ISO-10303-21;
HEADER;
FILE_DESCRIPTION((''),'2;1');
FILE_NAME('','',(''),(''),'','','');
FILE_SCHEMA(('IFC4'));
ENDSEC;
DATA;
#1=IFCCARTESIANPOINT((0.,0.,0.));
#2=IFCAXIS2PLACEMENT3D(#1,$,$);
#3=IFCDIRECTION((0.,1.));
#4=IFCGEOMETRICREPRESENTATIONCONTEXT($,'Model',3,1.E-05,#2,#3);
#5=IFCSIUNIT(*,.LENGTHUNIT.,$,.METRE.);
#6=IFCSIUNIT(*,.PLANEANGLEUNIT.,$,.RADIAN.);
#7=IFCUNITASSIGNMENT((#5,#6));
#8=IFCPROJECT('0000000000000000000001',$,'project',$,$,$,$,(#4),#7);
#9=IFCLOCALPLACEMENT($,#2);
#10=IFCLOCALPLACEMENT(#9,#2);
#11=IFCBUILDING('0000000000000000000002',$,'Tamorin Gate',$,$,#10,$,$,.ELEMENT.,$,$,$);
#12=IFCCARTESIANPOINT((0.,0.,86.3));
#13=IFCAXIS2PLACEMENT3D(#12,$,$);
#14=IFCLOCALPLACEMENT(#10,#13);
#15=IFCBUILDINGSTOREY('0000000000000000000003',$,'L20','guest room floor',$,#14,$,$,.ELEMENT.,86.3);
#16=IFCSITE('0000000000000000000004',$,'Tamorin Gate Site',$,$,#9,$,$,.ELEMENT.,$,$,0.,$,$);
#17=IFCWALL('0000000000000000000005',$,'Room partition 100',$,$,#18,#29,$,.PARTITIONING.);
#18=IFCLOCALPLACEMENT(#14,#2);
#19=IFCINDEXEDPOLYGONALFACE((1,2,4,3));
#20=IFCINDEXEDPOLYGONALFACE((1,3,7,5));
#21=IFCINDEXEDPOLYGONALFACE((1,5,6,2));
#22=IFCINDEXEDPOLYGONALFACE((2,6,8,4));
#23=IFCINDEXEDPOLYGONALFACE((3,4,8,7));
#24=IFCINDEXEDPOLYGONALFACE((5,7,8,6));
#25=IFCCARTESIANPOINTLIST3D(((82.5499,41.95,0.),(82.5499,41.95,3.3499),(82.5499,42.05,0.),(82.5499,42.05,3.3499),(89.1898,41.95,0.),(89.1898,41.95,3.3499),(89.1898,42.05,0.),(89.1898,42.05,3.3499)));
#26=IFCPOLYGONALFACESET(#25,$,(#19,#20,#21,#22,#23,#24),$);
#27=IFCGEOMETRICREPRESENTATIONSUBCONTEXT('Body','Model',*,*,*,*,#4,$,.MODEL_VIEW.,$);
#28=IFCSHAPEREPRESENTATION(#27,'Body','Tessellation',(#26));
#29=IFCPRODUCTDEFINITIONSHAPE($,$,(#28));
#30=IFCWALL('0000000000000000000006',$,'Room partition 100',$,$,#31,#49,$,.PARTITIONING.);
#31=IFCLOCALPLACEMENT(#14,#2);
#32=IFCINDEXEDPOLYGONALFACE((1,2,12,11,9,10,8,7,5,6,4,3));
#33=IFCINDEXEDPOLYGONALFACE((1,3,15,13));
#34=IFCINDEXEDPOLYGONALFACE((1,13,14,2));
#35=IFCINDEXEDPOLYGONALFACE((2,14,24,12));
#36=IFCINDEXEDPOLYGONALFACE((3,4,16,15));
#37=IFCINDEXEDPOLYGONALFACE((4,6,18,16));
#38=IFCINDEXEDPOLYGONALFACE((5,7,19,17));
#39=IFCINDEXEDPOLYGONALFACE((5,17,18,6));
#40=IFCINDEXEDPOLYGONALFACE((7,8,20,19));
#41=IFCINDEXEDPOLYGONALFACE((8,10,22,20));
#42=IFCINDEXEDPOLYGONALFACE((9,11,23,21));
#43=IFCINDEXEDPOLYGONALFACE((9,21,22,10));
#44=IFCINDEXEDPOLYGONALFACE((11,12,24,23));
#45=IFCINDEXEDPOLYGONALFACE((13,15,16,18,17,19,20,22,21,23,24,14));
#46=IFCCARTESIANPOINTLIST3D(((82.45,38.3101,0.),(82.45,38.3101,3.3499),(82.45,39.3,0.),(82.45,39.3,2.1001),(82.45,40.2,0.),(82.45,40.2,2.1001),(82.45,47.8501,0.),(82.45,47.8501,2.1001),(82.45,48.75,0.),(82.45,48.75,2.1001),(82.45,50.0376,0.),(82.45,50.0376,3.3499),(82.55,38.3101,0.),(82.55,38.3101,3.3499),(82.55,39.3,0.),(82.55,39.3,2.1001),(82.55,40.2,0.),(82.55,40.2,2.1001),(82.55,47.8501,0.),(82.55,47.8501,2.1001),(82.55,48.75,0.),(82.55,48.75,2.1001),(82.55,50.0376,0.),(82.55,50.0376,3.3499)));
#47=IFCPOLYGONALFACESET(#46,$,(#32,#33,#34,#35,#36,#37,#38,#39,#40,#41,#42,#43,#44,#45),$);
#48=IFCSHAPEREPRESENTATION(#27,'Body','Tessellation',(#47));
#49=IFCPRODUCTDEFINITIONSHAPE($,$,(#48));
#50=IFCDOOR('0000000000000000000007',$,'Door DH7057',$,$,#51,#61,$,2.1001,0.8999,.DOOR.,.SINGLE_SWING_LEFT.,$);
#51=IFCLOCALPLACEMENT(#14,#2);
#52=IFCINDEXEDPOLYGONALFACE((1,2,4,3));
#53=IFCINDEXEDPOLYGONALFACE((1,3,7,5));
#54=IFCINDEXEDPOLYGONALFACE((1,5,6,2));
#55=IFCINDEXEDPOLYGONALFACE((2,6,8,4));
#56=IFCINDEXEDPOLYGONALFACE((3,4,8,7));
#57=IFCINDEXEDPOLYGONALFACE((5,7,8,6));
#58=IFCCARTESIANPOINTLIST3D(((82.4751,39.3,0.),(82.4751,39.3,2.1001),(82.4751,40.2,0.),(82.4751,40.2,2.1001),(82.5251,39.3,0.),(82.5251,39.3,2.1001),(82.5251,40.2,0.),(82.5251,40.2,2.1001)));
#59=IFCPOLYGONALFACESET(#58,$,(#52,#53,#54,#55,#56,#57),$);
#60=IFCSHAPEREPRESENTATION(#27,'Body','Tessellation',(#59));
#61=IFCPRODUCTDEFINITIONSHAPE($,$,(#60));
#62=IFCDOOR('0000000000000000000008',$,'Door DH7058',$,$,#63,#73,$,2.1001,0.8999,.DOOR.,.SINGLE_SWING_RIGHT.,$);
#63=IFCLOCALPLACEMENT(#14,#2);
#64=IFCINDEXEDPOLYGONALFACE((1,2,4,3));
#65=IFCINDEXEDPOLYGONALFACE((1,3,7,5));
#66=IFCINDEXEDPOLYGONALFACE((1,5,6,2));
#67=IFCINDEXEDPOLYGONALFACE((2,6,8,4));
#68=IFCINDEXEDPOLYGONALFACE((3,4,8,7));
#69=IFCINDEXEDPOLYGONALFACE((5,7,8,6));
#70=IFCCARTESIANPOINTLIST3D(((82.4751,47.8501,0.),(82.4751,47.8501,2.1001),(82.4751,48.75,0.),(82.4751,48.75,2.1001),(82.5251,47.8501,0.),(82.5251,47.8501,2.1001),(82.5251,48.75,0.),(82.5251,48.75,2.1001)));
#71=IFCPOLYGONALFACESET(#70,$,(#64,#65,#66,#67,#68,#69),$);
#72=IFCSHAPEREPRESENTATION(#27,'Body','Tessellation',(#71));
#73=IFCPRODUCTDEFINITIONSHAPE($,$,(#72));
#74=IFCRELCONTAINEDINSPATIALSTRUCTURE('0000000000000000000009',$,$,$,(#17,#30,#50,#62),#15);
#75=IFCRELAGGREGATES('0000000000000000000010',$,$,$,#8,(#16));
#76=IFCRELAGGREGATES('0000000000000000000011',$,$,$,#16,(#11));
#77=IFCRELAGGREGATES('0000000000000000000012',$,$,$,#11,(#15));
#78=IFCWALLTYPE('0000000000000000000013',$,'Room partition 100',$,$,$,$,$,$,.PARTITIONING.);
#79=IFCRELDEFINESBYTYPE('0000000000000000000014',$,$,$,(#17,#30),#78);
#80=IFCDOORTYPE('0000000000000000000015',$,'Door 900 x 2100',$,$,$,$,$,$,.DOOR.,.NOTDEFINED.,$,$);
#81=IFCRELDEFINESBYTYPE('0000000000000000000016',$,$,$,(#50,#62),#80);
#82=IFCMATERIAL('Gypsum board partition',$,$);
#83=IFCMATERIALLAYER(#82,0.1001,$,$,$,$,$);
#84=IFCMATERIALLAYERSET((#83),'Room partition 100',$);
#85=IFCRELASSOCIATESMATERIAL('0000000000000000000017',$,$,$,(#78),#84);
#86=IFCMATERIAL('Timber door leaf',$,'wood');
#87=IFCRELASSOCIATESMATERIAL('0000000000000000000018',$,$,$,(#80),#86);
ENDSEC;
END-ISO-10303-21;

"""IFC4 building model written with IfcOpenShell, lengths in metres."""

from ifc_helpers import new_model, si_unit, direction, frame, frame_2d, origin, place, context, subcontext, project, spatial, rectangle, extrude, material, layer, layer_set, type_object, element, fill, save


model = new_model("IFC4")

# Units and contexts
model_context = context("Model", 3, precision=1e-05, world=origin(), true_north=direction((0.0, 1.0)))
body_context = subcontext(model_context, "Body", "Model", "MODEL_VIEW")
ifc_project = project(units=[si_unit("LENGTHUNIT", "METRE"), si_unit("PLANEANGLEUNIT", "RADIAN")], contexts=[model_context])

# Site, building, storey
site_placement = place(None, origin())
site = spatial("IfcSite", under=ifc_project, at=site_placement, Name="Tamorin Gate Site", CompositionType="ELEMENT", RefElevation=0.0)
building_placement = place(site_placement, origin())
building = spatial("IfcBuilding", under=site, at=building_placement, Name="Tamorin Gate", CompositionType="ELEMENT")
storey_placement = place(building_placement, frame((0.0, 0.0, 86.3)))
storey = spatial("IfcBuildingStorey", under=building, at=storey_placement, Name="L20", Description="guest room floor", CompositionType="ELEMENT", Elevation=86.3)

# Wall
ifc_material_1 = material(Name="Gypsum board partition")
ifc_layer_1 = layer(ifc_material_1, 0.1001)
ifc_layer_set_1 = layer_set([ifc_layer_1], Name="Room partition 100")
wall_type_1 = type_object("IfcWallType", Name="Room partition 100", PredefinedType="PARTITIONING", material=ifc_layer_set_1)
wall_1_placement = place(storey_placement, frame((82.55, 42.0, 0.0), z_axis=(0.0, 0.0, 1.0), x_axis=(1.0, 0.0, 0.0)))
element("IfcWall", 1, at=wall_1_placement, inside=storey, type_object=wall_type_1, Name="Room partition 100", PredefinedType="PARTITIONING", context=body_context, shape_type="SweptSolid", body=[
    extrude(rectangle(XDim=6.6399, YDim=0.1001, at=frame_2d((3.3198, 0.0))), origin(), (0.0, 0.0, 1.0), 3.3499),
])

# Wall, openings, doors
wall_2_placement = place(storey_placement, frame((82.5, 38.3101, 0.0), z_axis=(0.0, 0.0, 1.0), x_axis=(0.0, 1.0, 0.0)))
wall_2 = element("IfcWall", 2, at=wall_2_placement, inside=storey, type_object=wall_type_1, Name="Room partition 100", PredefinedType="PARTITIONING", context=body_context, shape_type="SweptSolid", body=[
    extrude(rectangle(XDim=11.7275, YDim=0.1001, at=frame_2d((5.8638, 0.0))), origin(), (0.0, 0.0, 1.0), 3.3499),
])
opening_1_placement = place(wall_2_placement, frame((0.99, 0.0, 0.0)))
opening_1 = element("IfcOpeningElement", 3, at=opening_1_placement, cuts=wall_2, PredefinedType="OPENING", context=body_context, shape_type="SweptSolid", body=[
    extrude(rectangle(XDim=0.8999, YDim=2.1001, at=frame_2d((0.45, 1.05))), frame((0.0, 0.0601, 0.0), z_axis=(0.0, -1.0, 0.0), x_axis=(1.0, 0.0, 0.0)), (0.0, 0.0, 1.0), 0.1201),
])
opening_2_placement = place(wall_2_placement, frame((9.54, 0.0, 0.0)))
opening_2 = element("IfcOpeningElement", 4, at=opening_2_placement, cuts=wall_2, PredefinedType="OPENING", context=body_context, shape_type="SweptSolid", body=[
    extrude(rectangle(XDim=0.8999, YDim=2.1001, at=frame_2d((0.45, 1.05))), frame((0.0, 0.0601, 0.0), z_axis=(0.0, -1.0, 0.0), x_axis=(1.0, 0.0, 0.0)), (0.0, 0.0, 1.0), 0.1201),
])
ifc_material_2 = material(Name="Timber door leaf", Category="wood")
door_type = type_object("IfcDoorType", Name="Door 900 x 2100", OperationType="NOTDEFINED", PredefinedType="DOOR", material=ifc_material_2)
door_1_placement = place(opening_1_placement, origin())
door_1 = element("IfcDoor", 5, at=door_1_placement, inside=storey, type_object=door_type, Name="Door DH7057", OperationType="SINGLE_SWING_LEFT", OverallHeight=2.1001, OverallWidth=0.8999, PredefinedType="DOOR", context=body_context, shape_type="SweptSolid", body=[
    extrude(rectangle(XDim=0.8999, YDim=2.1001, at=frame_2d((0.45, 1.05))), frame((0.0, 0.0249, 0.0), z_axis=(0.0, -1.0, 0.0), x_axis=(1.0, 0.0, 0.0)), (0.0, 0.0, 1.0), 0.05),
])
fill(opening_1, door_1)
door_2_placement = place(opening_2_placement, origin())
door_2 = element("IfcDoor", 6, at=door_2_placement, inside=storey, type_object=door_type, Name="Door DH7058", OperationType="SINGLE_SWING_RIGHT", OverallHeight=2.1001, OverallWidth=0.8999, PredefinedType="DOOR", context=body_context, shape_type="SweptSolid", body=[
    extrude(rectangle(XDim=0.8999, YDim=2.1001, at=frame_2d((0.45, 1.05))), frame((0.0, 0.0249, 0.0), z_axis=(0.0, -1.0, 0.0), x_axis=(1.0, 0.0, 0.0)), (0.0, 0.0, 1.0), 0.05),
])
fill(opening_2, door_2)

save(model, "model.ifc")
